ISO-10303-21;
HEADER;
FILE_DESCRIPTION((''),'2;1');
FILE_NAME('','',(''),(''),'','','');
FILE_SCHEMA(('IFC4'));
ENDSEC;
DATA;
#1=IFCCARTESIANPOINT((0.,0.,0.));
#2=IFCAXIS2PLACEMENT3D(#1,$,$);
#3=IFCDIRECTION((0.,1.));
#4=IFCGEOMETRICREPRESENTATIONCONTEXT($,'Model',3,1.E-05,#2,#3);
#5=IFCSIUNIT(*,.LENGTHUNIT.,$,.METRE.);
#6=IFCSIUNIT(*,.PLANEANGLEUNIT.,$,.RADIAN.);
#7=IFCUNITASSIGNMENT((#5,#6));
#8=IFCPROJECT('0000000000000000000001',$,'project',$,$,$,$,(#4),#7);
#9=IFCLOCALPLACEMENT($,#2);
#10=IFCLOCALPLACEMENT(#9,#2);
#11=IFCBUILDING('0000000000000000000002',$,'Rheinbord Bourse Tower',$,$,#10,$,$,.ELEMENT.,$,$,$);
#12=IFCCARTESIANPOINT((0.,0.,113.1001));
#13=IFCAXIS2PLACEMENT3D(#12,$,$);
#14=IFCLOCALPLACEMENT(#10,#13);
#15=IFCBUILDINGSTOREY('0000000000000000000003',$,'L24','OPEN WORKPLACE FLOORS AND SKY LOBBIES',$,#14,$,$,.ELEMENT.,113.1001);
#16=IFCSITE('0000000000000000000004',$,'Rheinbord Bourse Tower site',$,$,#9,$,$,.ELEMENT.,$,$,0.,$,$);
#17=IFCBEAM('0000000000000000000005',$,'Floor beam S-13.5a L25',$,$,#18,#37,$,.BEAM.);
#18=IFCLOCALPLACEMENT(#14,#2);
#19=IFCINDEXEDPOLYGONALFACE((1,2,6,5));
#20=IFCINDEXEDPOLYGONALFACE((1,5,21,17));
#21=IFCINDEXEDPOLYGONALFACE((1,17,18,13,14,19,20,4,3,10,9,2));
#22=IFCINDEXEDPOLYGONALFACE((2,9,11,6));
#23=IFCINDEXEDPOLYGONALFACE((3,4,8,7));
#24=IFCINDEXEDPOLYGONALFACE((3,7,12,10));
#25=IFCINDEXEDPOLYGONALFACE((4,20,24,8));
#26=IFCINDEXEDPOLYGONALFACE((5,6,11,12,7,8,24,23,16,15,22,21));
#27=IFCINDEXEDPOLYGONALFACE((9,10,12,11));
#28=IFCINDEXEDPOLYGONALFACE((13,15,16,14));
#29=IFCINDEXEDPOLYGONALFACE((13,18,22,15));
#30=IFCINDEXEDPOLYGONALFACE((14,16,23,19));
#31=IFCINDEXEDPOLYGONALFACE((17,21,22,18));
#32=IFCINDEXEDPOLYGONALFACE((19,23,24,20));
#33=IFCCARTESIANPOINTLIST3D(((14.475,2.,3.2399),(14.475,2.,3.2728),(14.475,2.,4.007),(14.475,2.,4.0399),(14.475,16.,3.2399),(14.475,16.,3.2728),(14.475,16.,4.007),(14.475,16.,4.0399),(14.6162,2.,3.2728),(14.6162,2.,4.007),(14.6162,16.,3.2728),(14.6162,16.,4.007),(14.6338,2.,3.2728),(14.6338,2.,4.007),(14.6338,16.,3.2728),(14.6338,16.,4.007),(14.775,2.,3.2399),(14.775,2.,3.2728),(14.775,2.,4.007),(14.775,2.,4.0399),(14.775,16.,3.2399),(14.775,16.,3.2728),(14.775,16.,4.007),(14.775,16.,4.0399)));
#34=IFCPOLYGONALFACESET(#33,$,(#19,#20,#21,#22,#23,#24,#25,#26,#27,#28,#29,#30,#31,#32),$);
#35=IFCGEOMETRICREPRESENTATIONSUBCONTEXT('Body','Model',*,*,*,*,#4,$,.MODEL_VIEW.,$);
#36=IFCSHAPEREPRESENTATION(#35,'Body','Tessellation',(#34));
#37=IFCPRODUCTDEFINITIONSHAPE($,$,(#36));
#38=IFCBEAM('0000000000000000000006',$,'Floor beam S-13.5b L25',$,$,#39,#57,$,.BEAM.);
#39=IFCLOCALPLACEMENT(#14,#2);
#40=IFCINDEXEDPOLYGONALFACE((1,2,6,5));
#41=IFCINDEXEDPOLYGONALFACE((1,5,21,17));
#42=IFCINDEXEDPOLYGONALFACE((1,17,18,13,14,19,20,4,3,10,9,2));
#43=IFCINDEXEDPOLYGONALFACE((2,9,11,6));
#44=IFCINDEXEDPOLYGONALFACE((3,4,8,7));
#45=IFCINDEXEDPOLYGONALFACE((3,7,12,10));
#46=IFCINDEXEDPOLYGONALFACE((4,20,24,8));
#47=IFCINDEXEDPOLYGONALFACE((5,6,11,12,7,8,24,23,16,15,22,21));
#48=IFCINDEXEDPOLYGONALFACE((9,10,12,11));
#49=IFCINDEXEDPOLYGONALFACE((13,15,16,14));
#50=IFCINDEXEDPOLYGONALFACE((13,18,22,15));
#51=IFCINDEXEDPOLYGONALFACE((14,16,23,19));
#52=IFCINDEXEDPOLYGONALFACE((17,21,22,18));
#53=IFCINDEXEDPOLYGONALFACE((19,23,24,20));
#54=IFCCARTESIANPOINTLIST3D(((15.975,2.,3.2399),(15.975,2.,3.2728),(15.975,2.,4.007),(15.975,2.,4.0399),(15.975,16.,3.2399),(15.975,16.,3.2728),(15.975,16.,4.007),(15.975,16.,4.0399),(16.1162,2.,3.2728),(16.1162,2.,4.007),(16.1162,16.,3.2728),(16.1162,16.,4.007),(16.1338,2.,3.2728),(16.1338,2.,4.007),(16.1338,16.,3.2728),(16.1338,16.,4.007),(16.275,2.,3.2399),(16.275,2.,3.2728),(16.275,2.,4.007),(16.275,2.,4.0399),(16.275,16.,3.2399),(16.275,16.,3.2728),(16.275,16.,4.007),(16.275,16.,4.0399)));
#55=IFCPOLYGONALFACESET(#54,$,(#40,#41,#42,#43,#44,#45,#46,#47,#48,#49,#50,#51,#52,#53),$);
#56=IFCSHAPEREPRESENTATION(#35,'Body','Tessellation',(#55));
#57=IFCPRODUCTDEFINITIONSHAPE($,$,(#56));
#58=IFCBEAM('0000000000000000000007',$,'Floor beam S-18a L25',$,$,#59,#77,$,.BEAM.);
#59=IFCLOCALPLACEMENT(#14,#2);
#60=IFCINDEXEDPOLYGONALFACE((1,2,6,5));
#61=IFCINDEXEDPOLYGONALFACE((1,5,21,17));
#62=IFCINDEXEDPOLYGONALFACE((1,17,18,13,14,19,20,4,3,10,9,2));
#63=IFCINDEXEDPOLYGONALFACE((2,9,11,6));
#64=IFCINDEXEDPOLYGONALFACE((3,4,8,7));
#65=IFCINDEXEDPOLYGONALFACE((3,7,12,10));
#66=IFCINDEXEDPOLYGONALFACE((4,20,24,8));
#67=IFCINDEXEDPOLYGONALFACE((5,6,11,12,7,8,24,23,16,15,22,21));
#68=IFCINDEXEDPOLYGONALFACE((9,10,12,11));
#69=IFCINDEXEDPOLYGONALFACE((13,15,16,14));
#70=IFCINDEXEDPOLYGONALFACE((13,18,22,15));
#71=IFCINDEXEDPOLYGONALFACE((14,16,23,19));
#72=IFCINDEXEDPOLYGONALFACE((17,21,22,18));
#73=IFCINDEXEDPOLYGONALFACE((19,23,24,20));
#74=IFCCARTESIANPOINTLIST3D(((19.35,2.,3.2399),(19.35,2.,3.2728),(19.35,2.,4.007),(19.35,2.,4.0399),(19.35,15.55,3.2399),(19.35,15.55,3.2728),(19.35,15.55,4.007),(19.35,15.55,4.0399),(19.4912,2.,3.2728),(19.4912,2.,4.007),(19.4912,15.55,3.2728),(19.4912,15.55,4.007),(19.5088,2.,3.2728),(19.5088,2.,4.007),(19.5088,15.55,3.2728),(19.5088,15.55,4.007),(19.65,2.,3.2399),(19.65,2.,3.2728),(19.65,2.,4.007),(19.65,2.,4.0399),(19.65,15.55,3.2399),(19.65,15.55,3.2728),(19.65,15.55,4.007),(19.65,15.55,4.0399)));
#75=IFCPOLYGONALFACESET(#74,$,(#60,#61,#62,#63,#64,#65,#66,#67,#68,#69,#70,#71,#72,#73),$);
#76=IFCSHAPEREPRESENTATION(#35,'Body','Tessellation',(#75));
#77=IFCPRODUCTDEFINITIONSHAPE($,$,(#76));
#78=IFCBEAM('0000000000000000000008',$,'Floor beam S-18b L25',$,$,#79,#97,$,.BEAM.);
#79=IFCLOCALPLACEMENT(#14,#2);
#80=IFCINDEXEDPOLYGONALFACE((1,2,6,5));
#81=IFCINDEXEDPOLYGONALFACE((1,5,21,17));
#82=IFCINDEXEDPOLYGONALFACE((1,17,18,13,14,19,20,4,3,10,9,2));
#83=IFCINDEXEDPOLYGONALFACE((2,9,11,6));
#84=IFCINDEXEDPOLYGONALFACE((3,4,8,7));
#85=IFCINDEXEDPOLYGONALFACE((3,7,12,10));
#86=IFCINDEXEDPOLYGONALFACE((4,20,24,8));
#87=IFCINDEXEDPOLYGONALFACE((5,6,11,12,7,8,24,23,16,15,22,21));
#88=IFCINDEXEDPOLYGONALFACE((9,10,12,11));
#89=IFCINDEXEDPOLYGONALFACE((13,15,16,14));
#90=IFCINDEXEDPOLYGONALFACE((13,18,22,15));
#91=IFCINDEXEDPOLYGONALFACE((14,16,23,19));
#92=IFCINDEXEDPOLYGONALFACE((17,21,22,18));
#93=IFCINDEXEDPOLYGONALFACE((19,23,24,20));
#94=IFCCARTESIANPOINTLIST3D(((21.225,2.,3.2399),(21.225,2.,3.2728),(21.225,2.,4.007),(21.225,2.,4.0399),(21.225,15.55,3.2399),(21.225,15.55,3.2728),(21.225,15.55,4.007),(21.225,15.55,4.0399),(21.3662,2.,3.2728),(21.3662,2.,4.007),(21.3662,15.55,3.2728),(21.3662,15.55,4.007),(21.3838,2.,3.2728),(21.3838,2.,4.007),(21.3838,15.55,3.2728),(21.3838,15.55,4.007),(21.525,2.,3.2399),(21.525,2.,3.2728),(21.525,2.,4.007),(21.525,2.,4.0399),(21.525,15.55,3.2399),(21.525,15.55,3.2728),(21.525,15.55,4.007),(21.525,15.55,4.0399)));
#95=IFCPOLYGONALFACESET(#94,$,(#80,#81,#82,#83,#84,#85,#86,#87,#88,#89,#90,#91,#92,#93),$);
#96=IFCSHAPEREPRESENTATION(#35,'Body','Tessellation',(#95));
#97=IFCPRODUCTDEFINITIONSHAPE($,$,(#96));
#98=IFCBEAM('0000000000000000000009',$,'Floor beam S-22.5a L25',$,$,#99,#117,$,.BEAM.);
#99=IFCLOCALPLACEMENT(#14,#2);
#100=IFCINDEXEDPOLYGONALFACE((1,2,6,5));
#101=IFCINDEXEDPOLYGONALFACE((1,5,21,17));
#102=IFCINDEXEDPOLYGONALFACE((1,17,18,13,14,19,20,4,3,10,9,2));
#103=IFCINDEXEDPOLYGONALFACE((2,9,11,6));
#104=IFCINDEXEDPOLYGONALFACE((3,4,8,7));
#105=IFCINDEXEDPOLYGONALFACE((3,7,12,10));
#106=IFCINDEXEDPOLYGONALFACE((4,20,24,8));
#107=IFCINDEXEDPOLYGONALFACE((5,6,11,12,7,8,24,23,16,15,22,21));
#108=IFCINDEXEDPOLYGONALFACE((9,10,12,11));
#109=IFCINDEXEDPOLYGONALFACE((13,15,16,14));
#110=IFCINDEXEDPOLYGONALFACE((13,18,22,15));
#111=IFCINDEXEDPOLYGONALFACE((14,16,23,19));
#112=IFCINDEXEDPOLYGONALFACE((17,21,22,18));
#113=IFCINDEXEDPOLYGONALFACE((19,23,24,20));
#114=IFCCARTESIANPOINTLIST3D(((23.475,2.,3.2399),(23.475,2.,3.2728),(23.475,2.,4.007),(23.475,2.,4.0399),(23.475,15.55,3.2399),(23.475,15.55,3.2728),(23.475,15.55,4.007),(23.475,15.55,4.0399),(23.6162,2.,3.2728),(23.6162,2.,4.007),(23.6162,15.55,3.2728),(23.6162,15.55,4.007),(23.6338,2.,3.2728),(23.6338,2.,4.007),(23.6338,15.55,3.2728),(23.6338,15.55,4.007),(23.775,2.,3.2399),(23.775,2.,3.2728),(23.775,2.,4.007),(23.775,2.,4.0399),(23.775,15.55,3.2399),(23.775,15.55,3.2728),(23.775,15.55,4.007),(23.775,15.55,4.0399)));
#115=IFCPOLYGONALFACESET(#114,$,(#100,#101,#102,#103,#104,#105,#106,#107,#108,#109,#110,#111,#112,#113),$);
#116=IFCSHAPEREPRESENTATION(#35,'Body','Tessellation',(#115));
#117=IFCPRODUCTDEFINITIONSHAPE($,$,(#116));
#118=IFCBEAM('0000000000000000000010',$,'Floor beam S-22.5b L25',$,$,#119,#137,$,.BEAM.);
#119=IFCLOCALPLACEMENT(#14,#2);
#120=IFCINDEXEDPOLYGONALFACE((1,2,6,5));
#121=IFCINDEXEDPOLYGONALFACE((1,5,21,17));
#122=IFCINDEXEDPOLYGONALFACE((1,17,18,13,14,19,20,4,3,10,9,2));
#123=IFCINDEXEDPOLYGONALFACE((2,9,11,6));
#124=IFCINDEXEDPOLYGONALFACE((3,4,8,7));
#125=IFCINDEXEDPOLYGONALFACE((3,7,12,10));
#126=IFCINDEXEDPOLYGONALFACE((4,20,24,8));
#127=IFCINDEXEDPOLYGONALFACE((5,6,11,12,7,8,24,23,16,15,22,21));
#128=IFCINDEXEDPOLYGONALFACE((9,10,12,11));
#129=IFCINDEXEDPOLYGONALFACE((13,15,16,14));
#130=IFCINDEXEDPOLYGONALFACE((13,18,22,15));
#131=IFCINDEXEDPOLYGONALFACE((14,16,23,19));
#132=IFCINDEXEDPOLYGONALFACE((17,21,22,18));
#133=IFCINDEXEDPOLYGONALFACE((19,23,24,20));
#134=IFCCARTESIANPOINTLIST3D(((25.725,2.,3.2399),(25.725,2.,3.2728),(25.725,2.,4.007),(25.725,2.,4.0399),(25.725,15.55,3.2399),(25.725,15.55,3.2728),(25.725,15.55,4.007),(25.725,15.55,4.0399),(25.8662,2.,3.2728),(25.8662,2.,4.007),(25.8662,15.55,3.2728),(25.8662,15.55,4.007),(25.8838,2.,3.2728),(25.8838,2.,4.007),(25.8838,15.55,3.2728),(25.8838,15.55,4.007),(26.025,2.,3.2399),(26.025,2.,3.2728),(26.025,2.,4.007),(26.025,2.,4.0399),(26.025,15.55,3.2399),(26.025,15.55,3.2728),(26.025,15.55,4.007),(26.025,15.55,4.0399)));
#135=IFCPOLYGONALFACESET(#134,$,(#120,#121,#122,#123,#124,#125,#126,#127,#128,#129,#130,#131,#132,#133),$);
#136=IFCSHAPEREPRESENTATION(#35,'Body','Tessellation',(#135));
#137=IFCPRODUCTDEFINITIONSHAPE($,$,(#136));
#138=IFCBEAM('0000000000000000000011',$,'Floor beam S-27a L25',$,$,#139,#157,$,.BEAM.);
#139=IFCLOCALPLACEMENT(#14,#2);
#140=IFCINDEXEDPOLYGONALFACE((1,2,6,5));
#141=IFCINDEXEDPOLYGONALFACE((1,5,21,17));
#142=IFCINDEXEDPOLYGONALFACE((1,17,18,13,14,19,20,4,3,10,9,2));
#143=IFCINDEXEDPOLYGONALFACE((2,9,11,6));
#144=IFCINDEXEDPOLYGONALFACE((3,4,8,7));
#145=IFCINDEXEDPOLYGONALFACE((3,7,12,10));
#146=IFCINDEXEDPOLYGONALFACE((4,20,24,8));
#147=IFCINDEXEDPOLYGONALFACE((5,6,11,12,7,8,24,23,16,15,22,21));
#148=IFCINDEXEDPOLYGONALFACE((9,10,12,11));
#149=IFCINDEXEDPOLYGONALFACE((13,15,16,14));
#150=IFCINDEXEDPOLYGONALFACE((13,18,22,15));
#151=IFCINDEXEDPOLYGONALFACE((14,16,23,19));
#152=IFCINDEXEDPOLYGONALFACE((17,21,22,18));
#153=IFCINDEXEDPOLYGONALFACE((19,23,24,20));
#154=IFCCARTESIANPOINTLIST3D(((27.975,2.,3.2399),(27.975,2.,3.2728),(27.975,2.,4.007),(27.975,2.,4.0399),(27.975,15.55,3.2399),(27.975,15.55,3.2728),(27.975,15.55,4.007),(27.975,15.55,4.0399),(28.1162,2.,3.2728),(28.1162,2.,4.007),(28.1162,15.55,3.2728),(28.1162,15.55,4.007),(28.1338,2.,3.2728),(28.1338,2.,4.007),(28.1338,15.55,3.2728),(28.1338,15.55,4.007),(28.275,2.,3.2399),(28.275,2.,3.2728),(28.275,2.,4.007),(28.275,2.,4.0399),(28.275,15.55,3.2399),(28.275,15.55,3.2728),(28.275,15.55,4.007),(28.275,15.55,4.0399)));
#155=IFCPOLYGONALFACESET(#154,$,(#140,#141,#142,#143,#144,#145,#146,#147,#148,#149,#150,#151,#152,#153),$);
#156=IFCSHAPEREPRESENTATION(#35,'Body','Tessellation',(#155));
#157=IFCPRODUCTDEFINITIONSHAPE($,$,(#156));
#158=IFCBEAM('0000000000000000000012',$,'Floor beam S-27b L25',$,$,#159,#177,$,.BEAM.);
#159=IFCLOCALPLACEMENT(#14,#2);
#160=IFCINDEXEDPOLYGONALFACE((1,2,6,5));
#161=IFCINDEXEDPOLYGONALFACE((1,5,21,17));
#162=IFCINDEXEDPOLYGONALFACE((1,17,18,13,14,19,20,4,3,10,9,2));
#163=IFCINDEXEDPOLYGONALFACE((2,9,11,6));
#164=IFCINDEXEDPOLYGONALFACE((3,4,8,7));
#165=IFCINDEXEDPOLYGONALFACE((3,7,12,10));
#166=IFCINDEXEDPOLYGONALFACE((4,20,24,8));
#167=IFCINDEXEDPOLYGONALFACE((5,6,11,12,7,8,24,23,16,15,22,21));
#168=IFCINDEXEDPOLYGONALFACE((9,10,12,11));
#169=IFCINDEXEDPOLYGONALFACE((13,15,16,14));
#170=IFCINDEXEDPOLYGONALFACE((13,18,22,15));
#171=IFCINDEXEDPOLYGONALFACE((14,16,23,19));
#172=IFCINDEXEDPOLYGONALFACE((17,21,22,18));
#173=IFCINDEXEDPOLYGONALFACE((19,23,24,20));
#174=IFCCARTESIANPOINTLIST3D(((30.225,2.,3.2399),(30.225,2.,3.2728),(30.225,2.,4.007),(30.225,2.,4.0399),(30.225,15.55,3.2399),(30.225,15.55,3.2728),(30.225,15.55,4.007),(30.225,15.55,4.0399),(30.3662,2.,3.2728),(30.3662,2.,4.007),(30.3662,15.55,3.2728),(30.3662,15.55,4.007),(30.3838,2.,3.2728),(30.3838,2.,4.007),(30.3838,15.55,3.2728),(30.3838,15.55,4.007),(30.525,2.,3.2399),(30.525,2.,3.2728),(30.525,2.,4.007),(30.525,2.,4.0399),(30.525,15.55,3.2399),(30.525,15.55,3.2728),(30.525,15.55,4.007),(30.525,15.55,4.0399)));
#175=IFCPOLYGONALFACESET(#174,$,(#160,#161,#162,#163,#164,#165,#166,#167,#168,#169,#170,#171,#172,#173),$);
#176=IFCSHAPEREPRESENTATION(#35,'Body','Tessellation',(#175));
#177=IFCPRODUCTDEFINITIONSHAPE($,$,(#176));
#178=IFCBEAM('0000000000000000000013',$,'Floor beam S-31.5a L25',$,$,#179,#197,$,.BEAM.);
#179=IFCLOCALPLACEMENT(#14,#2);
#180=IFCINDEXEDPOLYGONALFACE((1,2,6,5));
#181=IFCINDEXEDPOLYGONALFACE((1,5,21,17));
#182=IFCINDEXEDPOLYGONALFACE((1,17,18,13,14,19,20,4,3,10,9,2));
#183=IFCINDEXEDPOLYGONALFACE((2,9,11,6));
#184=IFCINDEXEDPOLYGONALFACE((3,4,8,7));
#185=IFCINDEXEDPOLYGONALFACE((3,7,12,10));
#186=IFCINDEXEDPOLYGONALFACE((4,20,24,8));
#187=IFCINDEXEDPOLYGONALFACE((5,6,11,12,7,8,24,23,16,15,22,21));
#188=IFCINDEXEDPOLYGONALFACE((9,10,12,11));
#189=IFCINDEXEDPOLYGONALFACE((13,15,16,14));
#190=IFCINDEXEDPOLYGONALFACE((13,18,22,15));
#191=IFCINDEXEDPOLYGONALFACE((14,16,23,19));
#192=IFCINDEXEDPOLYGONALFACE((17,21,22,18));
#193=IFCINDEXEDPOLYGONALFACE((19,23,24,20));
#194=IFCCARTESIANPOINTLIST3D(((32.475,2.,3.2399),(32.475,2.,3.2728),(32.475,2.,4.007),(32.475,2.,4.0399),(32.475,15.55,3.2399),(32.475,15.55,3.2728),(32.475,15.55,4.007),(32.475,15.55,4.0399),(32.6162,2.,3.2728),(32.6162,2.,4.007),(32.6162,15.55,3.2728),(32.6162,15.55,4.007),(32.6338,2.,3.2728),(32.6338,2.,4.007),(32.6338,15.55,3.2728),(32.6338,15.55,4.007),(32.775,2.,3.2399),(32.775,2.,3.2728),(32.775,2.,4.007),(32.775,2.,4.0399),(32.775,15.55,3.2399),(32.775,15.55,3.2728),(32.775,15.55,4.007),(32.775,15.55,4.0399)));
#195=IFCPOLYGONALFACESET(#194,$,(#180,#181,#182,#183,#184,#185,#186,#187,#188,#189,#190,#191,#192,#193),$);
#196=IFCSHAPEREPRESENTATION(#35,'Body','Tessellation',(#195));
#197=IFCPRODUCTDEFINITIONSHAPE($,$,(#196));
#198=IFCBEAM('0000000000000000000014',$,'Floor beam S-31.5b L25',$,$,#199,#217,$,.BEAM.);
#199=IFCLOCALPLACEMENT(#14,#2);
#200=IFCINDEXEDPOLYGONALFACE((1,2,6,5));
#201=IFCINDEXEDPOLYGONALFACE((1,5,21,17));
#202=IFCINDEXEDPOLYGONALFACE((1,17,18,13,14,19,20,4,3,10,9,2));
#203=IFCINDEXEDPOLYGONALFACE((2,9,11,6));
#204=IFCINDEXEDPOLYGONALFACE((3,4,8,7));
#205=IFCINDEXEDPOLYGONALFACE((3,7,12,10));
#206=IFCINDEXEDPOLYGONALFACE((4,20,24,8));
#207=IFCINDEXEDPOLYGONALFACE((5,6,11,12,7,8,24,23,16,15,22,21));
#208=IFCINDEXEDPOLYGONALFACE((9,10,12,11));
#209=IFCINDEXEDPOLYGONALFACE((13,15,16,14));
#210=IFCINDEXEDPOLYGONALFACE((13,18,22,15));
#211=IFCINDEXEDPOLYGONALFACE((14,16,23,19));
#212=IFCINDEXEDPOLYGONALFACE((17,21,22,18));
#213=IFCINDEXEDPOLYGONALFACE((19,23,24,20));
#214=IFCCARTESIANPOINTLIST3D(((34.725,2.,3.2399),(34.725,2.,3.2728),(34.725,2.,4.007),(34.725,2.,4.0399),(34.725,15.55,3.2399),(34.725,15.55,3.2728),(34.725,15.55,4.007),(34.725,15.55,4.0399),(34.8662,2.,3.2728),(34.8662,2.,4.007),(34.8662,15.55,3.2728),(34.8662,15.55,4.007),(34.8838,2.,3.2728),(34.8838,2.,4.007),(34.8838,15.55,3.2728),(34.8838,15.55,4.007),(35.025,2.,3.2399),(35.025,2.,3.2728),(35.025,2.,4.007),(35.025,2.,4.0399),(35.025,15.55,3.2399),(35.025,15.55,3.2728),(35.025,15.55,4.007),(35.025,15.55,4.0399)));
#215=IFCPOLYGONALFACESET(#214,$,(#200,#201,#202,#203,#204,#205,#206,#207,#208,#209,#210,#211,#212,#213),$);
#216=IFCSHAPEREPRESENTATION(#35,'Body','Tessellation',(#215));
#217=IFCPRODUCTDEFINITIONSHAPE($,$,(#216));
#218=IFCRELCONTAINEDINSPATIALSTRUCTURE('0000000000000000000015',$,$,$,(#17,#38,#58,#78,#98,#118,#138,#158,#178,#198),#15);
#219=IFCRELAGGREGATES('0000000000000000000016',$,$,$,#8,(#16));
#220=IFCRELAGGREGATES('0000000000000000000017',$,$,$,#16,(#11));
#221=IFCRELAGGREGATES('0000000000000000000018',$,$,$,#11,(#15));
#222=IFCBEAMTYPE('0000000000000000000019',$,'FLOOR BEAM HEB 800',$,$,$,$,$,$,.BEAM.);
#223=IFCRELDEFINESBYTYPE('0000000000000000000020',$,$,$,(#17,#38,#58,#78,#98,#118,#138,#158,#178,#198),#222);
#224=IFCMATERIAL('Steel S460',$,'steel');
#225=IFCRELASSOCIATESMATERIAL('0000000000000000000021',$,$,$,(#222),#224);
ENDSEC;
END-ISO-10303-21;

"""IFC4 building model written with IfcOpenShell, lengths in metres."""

from ifc_helpers import new_model, si_unit, direction, frame, origin, origin_2d, place, context, subcontext, project, spatial, i_section, extrude, material, material_profile, profile_set, type_object, element, save


model = new_model("IFC4")

# Units and contexts
model_context = context("Model", 3, precision=1e-05, world=origin(), true_north=direction((0.0, 1.0)))
body_context = subcontext(model_context, "Body", "Model", "MODEL_VIEW")
ifc_project = project(units=[si_unit("LENGTHUNIT", "METRE"), si_unit("PLANEANGLEUNIT", "RADIAN")], contexts=[model_context])

# Site, building, storey
site_placement = place(None, origin())
site = spatial("IfcSite", under=ifc_project, at=site_placement, Name="Rheinbord Bourse Tower site", CompositionType="ELEMENT", RefElevation=0.0)
building_placement = place(site_placement, origin())
building = spatial("IfcBuilding", under=site, at=building_placement, Name="Rheinbord Bourse Tower", CompositionType="ELEMENT")
storey_placement = place(building_placement, frame((0.0, 0.0, 113.1001)))
storey = spatial("IfcBuildingStorey", under=building, at=storey_placement, Name="L24", Description="OPEN WORKPLACE FLOORS AND SKY LOBBIES", CompositionType="ELEMENT", Elevation=113.1001)

# Beams
ifc_material_1 = material(Name="Steel S460", Category="steel")
ifc_material_profile_1 = material_profile(ifc_material_1, i_section(OverallWidth=0.3, OverallDepth=0.8, WebThickness=0.0176, FlangeThickness=0.033, at=origin_2d()), Name="HEB 800")
ifc_profile_set_1 = profile_set([ifc_material_profile_1], Name="Steel S460")
beam_type_1 = type_object("IfcBeamType", Name="FLOOR BEAM HEB 800", PredefinedType="BEAM", material=ifc_profile_set_1)
for number, where, z_axis, x_axis, name in (
    (1, (14.625, 2.0, 3.6399), (0.0, 1.0, 0.0), (-1.0, 0.0, 0.0), "Floor beam S-13.5a L25"),
    (2, (16.125, 2.0, 3.6399), (0.0, 1.0, 0.0), (-1.0, 0.0, 0.0), "Floor beam S-13.5b L25"),
):
    element("IfcBeam", number, at=place(storey_placement, frame(where, z_axis=z_axis, x_axis=x_axis)), inside=storey, type_object=beam_type_1, Name=name, PredefinedType="BEAM", context=body_context, shape_type="SweptSolid", body=[
        extrude(i_section(OverallWidth=0.3, OverallDepth=0.8, WebThickness=0.0176, FlangeThickness=0.033, at=origin_2d()), origin(), (0.0, 0.0, 1.0), 14.0),
    ])
for number, where, z_axis, x_axis, name in (
    (3, (19.5, 2.0, 3.6399), (0.0, 1.0, 0.0), (-1.0, 0.0, 0.0), "Floor beam S-18a L25"),
    (4, (21.375, 2.0, 3.6399), (0.0, 1.0, 0.0), (-1.0, 0.0, 0.0), "Floor beam S-18b L25"),
    (5, (23.625, 2.0, 3.6399), (0.0, 1.0, 0.0), (-1.0, 0.0, 0.0), "Floor beam S-22.5a L25"),
    (6, (25.875, 2.0, 3.6399), (0.0, 1.0, 0.0), (-1.0, 0.0, 0.0), "Floor beam S-22.5b L25"),
    (7, (28.125, 2.0, 3.6399), (0.0, 1.0, 0.0), (-1.0, 0.0, 0.0), "Floor beam S-27a L25"),
    (8, (30.375, 2.0, 3.6399), (0.0, 1.0, 0.0), (-1.0, 0.0, 0.0), "Floor beam S-27b L25"),
    (9, (32.625, 2.0, 3.6399), (0.0, 1.0, 0.0), (-1.0, 0.0, 0.0), "Floor beam S-31.5a L25"),
    (10, (34.875, 2.0, 3.6399), (0.0, 1.0, 0.0), (-1.0, 0.0, 0.0), "Floor beam S-31.5b L25"),
):
    element("IfcBeam", number, at=place(storey_placement, frame(where, z_axis=z_axis, x_axis=x_axis)), inside=storey, type_object=beam_type_1, Name=name, PredefinedType="BEAM", context=body_context, shape_type="SweptSolid", body=[
        extrude(i_section(OverallWidth=0.3, OverallDepth=0.8, WebThickness=0.0176, FlangeThickness=0.033, at=origin_2d()), origin(), (0.0, 0.0, 1.0), 13.55),
    ])

save(model, "model.ifc")
